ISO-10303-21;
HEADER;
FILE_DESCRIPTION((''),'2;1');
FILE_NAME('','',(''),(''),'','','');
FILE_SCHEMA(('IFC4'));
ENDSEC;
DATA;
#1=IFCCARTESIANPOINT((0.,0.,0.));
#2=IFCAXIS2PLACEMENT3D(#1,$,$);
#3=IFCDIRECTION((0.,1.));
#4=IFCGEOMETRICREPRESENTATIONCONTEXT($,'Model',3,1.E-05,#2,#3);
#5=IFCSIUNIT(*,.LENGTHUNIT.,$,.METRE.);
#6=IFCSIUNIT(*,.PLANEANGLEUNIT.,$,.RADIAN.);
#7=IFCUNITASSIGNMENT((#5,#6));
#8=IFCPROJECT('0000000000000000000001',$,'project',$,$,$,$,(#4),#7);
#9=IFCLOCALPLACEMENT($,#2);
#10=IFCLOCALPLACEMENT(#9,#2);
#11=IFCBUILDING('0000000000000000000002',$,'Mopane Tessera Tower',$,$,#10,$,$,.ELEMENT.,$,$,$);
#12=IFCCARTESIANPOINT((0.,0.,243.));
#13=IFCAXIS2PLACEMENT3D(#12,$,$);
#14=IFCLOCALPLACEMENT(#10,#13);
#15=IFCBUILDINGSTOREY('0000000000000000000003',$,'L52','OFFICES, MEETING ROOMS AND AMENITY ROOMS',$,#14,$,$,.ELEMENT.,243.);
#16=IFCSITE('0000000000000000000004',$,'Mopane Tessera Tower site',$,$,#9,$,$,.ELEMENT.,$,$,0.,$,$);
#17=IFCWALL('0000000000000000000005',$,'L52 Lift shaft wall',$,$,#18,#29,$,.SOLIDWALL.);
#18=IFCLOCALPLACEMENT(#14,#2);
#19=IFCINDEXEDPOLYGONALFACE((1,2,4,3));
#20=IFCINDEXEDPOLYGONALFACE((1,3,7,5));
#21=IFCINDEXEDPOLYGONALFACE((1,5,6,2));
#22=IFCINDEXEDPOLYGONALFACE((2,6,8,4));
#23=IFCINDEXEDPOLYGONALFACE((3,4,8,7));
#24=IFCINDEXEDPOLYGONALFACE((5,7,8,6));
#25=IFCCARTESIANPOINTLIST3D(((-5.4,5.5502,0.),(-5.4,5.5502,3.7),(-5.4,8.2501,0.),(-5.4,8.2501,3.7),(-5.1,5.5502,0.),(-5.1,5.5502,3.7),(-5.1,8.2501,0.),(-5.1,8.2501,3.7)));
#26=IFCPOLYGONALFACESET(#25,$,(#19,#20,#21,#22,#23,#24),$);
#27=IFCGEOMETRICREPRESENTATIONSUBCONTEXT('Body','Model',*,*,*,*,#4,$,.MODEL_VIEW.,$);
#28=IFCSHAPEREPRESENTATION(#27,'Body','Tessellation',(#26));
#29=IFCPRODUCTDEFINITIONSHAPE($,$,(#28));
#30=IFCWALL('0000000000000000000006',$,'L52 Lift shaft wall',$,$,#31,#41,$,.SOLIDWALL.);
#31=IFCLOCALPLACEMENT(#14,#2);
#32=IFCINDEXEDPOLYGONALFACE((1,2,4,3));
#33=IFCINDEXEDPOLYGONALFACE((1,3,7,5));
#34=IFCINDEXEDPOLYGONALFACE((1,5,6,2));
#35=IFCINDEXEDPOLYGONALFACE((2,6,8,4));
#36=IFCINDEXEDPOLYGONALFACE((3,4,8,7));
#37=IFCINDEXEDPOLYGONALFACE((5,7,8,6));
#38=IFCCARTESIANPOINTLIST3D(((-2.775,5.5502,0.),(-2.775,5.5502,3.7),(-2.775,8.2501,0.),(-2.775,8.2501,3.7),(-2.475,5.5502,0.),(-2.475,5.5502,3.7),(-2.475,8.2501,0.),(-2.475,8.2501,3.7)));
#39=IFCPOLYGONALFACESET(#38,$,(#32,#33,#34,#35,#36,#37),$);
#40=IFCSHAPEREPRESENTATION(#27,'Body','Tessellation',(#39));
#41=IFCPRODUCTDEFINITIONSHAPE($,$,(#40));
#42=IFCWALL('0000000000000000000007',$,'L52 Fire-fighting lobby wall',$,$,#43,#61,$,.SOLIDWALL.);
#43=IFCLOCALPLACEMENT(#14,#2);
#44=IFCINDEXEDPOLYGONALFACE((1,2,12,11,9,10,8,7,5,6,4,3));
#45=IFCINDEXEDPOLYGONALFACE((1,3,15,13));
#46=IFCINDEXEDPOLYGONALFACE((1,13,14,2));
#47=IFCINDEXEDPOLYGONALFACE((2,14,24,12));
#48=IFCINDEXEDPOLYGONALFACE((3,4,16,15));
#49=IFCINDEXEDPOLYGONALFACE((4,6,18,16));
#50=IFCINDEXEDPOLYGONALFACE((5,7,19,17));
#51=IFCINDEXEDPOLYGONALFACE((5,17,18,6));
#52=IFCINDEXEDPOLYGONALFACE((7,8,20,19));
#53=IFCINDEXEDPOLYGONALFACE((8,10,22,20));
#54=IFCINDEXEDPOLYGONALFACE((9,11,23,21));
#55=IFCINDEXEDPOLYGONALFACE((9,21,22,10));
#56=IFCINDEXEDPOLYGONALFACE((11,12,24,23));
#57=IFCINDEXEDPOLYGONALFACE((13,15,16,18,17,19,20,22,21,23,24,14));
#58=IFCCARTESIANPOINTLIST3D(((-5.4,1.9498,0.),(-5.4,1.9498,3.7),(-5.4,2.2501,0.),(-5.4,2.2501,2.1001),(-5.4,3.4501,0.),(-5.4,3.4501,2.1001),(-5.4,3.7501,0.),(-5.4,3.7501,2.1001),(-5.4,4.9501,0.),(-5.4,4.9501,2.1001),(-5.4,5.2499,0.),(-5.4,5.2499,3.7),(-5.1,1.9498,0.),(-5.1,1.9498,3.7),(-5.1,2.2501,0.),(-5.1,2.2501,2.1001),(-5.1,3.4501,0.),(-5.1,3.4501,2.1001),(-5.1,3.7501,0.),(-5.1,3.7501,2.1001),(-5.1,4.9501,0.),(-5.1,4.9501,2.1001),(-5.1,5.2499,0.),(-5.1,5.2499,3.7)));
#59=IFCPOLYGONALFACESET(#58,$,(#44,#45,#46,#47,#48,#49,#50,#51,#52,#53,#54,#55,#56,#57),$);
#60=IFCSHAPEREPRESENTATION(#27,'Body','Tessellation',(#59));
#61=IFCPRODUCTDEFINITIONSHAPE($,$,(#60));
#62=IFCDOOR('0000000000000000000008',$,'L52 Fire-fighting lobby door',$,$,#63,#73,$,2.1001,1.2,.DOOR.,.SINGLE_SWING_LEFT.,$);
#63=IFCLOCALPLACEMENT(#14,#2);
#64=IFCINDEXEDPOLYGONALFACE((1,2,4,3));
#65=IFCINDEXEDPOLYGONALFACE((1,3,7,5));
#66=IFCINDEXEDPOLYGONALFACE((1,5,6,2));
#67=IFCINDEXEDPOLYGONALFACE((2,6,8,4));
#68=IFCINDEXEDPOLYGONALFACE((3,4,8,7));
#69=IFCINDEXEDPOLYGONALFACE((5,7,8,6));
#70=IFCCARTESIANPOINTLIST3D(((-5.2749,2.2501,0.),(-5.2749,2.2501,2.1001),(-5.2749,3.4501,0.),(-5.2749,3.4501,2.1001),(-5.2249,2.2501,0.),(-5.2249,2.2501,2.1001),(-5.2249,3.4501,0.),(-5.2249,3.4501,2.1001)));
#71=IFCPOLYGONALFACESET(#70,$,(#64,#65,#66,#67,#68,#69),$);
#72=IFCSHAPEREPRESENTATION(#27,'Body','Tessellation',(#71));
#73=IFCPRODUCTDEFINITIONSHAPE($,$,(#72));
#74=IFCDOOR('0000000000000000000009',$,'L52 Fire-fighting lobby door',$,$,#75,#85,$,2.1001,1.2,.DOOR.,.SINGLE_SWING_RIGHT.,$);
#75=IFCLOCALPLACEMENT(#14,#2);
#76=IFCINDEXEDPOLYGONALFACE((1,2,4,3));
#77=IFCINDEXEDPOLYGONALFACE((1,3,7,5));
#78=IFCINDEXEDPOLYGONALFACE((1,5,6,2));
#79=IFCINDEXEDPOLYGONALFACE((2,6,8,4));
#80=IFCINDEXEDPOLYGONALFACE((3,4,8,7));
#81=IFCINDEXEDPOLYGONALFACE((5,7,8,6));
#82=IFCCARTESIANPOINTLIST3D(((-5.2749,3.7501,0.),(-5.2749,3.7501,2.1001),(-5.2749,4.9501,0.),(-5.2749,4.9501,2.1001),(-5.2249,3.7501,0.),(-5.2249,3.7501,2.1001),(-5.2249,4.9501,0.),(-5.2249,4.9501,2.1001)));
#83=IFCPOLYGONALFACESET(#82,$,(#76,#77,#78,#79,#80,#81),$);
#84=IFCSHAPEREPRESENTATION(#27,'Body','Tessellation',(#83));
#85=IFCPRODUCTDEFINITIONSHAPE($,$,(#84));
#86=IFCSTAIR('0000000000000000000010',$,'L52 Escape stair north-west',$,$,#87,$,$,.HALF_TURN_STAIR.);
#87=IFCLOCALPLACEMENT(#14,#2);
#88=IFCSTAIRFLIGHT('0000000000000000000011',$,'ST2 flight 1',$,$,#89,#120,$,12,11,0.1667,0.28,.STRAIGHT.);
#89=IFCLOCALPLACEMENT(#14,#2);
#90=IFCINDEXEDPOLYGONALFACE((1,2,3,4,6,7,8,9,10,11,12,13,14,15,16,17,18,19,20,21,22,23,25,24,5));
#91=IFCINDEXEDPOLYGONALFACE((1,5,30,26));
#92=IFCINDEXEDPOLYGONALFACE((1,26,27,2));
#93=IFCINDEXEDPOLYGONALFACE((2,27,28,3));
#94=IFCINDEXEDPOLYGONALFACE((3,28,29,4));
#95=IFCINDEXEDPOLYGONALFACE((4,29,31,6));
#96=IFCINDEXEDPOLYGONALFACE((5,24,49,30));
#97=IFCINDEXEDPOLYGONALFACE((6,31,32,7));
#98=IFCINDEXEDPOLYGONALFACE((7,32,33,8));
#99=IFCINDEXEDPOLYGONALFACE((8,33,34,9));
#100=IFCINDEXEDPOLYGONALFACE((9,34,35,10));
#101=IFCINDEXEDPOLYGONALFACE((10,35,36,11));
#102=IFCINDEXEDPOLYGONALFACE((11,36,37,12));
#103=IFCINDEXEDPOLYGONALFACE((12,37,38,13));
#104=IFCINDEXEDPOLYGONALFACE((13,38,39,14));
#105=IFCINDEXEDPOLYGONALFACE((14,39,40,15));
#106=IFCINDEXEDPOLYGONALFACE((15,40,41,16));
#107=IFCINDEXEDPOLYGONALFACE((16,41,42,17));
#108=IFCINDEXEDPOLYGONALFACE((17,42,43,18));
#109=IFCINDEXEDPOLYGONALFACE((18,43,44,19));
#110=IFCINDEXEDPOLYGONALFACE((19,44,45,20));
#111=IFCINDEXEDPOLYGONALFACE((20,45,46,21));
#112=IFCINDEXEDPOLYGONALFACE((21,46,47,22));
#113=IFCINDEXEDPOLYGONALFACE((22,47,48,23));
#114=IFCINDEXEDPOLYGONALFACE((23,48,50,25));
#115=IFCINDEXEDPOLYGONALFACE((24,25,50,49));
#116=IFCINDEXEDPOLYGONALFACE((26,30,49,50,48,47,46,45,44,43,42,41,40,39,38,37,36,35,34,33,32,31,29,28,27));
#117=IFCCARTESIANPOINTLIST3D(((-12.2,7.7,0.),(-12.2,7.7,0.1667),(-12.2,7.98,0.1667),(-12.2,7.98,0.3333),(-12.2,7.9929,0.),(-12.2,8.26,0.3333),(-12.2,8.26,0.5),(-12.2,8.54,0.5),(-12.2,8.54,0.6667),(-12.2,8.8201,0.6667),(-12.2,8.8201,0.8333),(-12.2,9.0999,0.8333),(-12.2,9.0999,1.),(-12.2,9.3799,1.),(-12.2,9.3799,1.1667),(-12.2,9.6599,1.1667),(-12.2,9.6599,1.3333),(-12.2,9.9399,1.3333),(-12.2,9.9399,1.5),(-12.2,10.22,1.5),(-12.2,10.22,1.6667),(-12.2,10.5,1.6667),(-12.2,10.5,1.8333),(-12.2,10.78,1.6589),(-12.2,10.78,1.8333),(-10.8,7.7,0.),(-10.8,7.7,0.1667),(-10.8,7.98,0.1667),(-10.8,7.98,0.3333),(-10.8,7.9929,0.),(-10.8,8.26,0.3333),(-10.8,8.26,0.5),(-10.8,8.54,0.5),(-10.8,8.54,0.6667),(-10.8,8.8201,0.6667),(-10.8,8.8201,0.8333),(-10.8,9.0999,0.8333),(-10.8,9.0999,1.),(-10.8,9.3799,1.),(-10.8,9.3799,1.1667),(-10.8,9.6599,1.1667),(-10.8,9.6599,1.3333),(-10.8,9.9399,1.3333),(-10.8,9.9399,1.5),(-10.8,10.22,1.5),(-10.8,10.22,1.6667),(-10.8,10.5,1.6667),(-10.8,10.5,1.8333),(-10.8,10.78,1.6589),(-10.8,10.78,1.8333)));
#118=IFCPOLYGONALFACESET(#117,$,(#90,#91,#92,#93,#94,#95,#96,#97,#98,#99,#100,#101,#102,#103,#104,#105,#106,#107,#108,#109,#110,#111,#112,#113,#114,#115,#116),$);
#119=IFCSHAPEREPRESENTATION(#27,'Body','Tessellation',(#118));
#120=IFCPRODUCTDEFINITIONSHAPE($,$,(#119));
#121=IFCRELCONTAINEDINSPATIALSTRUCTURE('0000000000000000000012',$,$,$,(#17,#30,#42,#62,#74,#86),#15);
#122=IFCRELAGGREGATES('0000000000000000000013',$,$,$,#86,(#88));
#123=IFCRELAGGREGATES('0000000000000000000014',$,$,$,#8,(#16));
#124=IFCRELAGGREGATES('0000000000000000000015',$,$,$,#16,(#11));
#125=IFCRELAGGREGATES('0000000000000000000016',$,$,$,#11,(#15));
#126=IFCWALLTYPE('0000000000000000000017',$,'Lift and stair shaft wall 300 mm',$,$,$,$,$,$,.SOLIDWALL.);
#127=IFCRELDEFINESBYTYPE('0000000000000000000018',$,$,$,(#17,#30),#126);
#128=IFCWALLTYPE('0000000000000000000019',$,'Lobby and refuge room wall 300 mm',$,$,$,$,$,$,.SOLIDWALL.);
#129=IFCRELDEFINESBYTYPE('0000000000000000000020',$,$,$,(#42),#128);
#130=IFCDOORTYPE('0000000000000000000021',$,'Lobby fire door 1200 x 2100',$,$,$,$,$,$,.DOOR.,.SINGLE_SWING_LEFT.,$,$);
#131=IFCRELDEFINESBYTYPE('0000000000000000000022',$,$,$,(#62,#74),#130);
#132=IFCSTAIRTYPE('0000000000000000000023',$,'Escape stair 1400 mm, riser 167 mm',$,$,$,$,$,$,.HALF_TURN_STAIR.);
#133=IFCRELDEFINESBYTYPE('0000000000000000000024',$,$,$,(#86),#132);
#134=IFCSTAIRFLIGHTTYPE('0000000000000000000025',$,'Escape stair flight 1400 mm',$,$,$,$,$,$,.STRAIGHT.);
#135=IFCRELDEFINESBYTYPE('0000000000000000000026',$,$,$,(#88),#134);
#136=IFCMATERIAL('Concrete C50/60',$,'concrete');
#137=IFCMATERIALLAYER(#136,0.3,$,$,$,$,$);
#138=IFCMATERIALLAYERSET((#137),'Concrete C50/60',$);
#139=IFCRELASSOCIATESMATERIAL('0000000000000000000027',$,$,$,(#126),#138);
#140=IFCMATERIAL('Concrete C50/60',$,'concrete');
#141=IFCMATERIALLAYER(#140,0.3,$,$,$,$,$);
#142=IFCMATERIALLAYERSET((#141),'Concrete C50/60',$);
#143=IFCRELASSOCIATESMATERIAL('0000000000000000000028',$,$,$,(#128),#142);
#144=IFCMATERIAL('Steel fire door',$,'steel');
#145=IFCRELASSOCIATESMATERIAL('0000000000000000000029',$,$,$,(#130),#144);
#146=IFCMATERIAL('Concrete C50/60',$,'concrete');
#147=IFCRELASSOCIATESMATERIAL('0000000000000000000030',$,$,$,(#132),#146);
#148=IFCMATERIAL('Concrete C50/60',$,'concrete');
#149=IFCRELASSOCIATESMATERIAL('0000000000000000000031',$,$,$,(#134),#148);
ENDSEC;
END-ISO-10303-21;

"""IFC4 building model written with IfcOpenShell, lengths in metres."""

from ifc_helpers import new_model, si_unit, direction, frame, frame_2d, origin, place, context, subcontext, project, spatial, polyline, rectangle, outline, extrude, material, layer, layer_set, type_object, element, fill, aggregate, save


model = new_model("IFC4")

# Units and contexts
model_context = context("Model", 3, precision=1e-05, world=origin(), true_north=direction((0.0, 1.0)))
body_context = subcontext(model_context, "Body", "Model", "MODEL_VIEW")
ifc_project = project(units=[si_unit("LENGTHUNIT", "METRE"), si_unit("PLANEANGLEUNIT", "RADIAN")], contexts=[model_context])

# Site, building, storey
site_placement = place(None, origin())
site = spatial("IfcSite", under=ifc_project, at=site_placement, Name="Mopane Tessera Tower site", CompositionType="ELEMENT", RefElevation=0.0)
building_placement = place(site_placement, origin())
building = spatial("IfcBuilding", under=site, at=building_placement, Name="Mopane Tessera Tower", CompositionType="ELEMENT")
storey_placement = place(building_placement, frame((0.0, 0.0, 243.0)))
storey = spatial("IfcBuildingStorey", under=building, at=storey_placement, Name="L52", Description="OFFICES, MEETING ROOMS AND AMENITY ROOMS", CompositionType="ELEMENT", Elevation=243.0)

# Shared definitions
ifc_material_1 = material(Name="Concrete C50/60", Category="concrete")
ifc_layer_1 = layer(ifc_material_1, 0.3)
ifc_layer_set_1 = layer_set([ifc_layer_1], Name="Concrete C50/60")
wall_type_1 = type_object("IfcWallType", Name="Lift and stair shaft wall 300 mm", PredefinedType="SOLIDWALL", material=ifc_layer_set_1)

# Walls
for number, where, z_axis, x_axis, name in (
    (1, (-5.25, 5.55, 0.0), (0.0, 0.0, 1.0), (0.0, 1.0, 0.0), "L52 Lift shaft wall"),
    (2, (-2.625, 5.55, 0.0), (0.0, 0.0, 1.0), (0.0, 1.0, 0.0), "L52 Lift shaft wall"),
):
    element("IfcWall", number, at=place(storey_placement, frame(where, z_axis=z_axis, x_axis=x_axis)), inside=storey, type_object=wall_type_1, Name=name, PredefinedType="SOLIDWALL", context=body_context, shape_type="SweptSolid", body=[
        extrude(rectangle(XDim=2.7, YDim=0.3, at=frame_2d((1.3501, 0.0))), origin(), (0.0, 0.0, 1.0), 3.7),
    ])

# Wall, openings, doors
ifc_material_2 = material(Name="Concrete C50/60", Category="concrete")
ifc_layer_2 = layer(ifc_material_2, 0.3)
ifc_layer_set_2 = layer_set([ifc_layer_2], Name="Concrete C50/60")
wall_type_2 = type_object("IfcWallType", Name="Lobby and refuge room wall 300 mm", PredefinedType="SOLIDWALL", material=ifc_layer_set_2)
wall_1_placement = place(storey_placement, frame((-5.25, 1.95, 0.0), z_axis=(0.0, 0.0, 1.0), x_axis=(0.0, 1.0, 0.0)))
wall_1 = element("IfcWall", 3, at=wall_1_placement, inside=storey, type_object=wall_type_2, Name="L52 Fire-fighting lobby wall", PredefinedType="SOLIDWALL", context=body_context, shape_type="SweptSolid", body=[
    extrude(rectangle(XDim=3.3, YDim=0.3, at=frame_2d((1.6499, 0.0))), origin(), (0.0, 0.0, 1.0), 3.7),
])
opening_1_placement = place(wall_1_placement, frame((0.3, 0.0, 0.0)))
opening_1 = element("IfcOpeningElement", 4, at=opening_1_placement, cuts=wall_1, PredefinedType="OPENING", context=body_context, shape_type="SweptSolid", body=[
    extrude(rectangle(XDim=1.2, YDim=2.1001, at=frame_2d((0.6001, 1.05))), frame((0.0, 0.1621, 0.0), z_axis=(0.0, -1.0, 0.0), x_axis=(1.0, 0.0, 0.0)), (0.0, 0.0, 1.0), 0.324),
])
opening_2_placement = place(wall_1_placement, frame((1.8, 0.0, 0.0)))
opening_2 = element("IfcOpeningElement", 5, at=opening_2_placement, cuts=wall_1, PredefinedType="OPENING", context=body_context, shape_type="SweptSolid", body=[
    extrude(rectangle(XDim=1.2, YDim=2.1001, at=frame_2d((0.6001, 1.05))), frame((0.0, 0.1621, 0.0), z_axis=(0.0, -1.0, 0.0), x_axis=(1.0, 0.0, 0.0)), (0.0, 0.0, 1.0), 0.324),
])
ifc_material_3 = material(Name="Steel fire door", Category="steel")
door_type_1 = type_object("IfcDoorType", Name="Lobby fire door 1200 x 2100", OperationType="SINGLE_SWING_LEFT", PredefinedType="DOOR", material=ifc_material_3)
door_1_placement = place(opening_1_placement, origin())
door_1 = element("IfcDoor", 6, at=door_1_placement, inside=storey, type_object=door_type_1, Name="L52 Fire-fighting lobby door", OperationType="SINGLE_SWING_LEFT", OverallHeight=2.1001, OverallWidth=1.2, PredefinedType="DOOR", context=body_context, shape_type="SweptSolid", body=[
    extrude(rectangle(XDim=1.2, YDim=2.1001, at=frame_2d((0.6001, 1.05))), frame((0.0, 0.0249, 0.0), z_axis=(0.0, -1.0, 0.0), x_axis=(1.0, 0.0, 0.0)), (0.0, 0.0, 1.0), 0.05),
])
fill(opening_1, door_1)
door_2_placement = place(opening_2_placement, origin())
door_2 = element("IfcDoor", 7, at=door_2_placement, inside=storey, type_object=door_type_1, Name="L52 Fire-fighting lobby door", OperationType="SINGLE_SWING_RIGHT", OverallHeight=2.1001, OverallWidth=1.2, PredefinedType="DOOR", context=body_context, shape_type="SweptSolid", body=[
    extrude(rectangle(XDim=1.2, YDim=2.1001, at=frame_2d((0.6001, 1.05))), frame((0.0, 0.0249, 0.0), z_axis=(0.0, -1.0, 0.0), x_axis=(1.0, 0.0, 0.0)), (0.0, 0.0, 1.0), 0.05),
])
fill(opening_2, door_2)

# Stair, stair flight
ifc_material_4 = material(Name="Concrete C50/60", Category="concrete")
stair_type = type_object("IfcStairType", Name="Escape stair 1400 mm, riser 167 mm", PredefinedType="HALF_TURN_STAIR", material=ifc_material_4)
stair_placement = place(storey_placement, origin())
stair = element("IfcStair", 8, at=stair_placement, inside=storey, type_object=stair_type, Name="L52 Escape stair north-west", PredefinedType="HALF_TURN_STAIR")
ifc_material_5 = material(Name="Concrete C50/60", Category="concrete")
stair_flight_type = type_object("IfcStairFlightType", Name="Escape stair flight 1400 mm", PredefinedType="STRAIGHT", material=ifc_material_5)
stair_flight_placement = place(storey_placement, frame((-11.5, 7.7, 0.0), z_axis=(0.0, 0.0, 1.0), x_axis=(0.0, 1.0, 0.0)))
stair_flight = element("IfcStairFlight", 9, at=stair_flight_placement, type_object=stair_flight_type, Name="ST2 flight 1", NumberOfRisers=12, NumberOfTreads=11, PredefinedType="STRAIGHT", RiserHeight=0.1667, TreadLength=0.28, context=body_context, shape_type="SweptSolid", body=[
    extrude(outline(polyline([(0.0, 0.0), (0.0, 0.1667), (0.28, 0.1667), (0.28, 0.3333), (0.5601, 0.3333), (0.5601, 0.5), (0.8401, 0.5), (0.8401, 0.6667), (1.1201, 0.6667), (1.1201, 0.8333), (1.3999, 0.8333), (1.3999, 1.0), (1.6799, 1.0), (1.6799, 1.1667), (1.96, 1.1667), (1.96, 1.3333), (2.24, 1.3333), (2.24, 1.5), (2.52, 1.5), (2.52, 1.6667), (2.8, 1.6667), (2.8, 1.8333), (3.0801, 1.8333), (3.0801, 2.0), (3.0801, 1.6589), (0.293, 0.0), (0.0, 0.0)])), frame((0.0, 0.7, 0.0), z_axis=(0.0, -1.0, 0.0), x_axis=(1.0, 0.0, 0.0)), (0.0, 0.0, 1.0), 1.3999),
])
aggregate(stair, [stair_flight])

save(model, "model.ifc")
